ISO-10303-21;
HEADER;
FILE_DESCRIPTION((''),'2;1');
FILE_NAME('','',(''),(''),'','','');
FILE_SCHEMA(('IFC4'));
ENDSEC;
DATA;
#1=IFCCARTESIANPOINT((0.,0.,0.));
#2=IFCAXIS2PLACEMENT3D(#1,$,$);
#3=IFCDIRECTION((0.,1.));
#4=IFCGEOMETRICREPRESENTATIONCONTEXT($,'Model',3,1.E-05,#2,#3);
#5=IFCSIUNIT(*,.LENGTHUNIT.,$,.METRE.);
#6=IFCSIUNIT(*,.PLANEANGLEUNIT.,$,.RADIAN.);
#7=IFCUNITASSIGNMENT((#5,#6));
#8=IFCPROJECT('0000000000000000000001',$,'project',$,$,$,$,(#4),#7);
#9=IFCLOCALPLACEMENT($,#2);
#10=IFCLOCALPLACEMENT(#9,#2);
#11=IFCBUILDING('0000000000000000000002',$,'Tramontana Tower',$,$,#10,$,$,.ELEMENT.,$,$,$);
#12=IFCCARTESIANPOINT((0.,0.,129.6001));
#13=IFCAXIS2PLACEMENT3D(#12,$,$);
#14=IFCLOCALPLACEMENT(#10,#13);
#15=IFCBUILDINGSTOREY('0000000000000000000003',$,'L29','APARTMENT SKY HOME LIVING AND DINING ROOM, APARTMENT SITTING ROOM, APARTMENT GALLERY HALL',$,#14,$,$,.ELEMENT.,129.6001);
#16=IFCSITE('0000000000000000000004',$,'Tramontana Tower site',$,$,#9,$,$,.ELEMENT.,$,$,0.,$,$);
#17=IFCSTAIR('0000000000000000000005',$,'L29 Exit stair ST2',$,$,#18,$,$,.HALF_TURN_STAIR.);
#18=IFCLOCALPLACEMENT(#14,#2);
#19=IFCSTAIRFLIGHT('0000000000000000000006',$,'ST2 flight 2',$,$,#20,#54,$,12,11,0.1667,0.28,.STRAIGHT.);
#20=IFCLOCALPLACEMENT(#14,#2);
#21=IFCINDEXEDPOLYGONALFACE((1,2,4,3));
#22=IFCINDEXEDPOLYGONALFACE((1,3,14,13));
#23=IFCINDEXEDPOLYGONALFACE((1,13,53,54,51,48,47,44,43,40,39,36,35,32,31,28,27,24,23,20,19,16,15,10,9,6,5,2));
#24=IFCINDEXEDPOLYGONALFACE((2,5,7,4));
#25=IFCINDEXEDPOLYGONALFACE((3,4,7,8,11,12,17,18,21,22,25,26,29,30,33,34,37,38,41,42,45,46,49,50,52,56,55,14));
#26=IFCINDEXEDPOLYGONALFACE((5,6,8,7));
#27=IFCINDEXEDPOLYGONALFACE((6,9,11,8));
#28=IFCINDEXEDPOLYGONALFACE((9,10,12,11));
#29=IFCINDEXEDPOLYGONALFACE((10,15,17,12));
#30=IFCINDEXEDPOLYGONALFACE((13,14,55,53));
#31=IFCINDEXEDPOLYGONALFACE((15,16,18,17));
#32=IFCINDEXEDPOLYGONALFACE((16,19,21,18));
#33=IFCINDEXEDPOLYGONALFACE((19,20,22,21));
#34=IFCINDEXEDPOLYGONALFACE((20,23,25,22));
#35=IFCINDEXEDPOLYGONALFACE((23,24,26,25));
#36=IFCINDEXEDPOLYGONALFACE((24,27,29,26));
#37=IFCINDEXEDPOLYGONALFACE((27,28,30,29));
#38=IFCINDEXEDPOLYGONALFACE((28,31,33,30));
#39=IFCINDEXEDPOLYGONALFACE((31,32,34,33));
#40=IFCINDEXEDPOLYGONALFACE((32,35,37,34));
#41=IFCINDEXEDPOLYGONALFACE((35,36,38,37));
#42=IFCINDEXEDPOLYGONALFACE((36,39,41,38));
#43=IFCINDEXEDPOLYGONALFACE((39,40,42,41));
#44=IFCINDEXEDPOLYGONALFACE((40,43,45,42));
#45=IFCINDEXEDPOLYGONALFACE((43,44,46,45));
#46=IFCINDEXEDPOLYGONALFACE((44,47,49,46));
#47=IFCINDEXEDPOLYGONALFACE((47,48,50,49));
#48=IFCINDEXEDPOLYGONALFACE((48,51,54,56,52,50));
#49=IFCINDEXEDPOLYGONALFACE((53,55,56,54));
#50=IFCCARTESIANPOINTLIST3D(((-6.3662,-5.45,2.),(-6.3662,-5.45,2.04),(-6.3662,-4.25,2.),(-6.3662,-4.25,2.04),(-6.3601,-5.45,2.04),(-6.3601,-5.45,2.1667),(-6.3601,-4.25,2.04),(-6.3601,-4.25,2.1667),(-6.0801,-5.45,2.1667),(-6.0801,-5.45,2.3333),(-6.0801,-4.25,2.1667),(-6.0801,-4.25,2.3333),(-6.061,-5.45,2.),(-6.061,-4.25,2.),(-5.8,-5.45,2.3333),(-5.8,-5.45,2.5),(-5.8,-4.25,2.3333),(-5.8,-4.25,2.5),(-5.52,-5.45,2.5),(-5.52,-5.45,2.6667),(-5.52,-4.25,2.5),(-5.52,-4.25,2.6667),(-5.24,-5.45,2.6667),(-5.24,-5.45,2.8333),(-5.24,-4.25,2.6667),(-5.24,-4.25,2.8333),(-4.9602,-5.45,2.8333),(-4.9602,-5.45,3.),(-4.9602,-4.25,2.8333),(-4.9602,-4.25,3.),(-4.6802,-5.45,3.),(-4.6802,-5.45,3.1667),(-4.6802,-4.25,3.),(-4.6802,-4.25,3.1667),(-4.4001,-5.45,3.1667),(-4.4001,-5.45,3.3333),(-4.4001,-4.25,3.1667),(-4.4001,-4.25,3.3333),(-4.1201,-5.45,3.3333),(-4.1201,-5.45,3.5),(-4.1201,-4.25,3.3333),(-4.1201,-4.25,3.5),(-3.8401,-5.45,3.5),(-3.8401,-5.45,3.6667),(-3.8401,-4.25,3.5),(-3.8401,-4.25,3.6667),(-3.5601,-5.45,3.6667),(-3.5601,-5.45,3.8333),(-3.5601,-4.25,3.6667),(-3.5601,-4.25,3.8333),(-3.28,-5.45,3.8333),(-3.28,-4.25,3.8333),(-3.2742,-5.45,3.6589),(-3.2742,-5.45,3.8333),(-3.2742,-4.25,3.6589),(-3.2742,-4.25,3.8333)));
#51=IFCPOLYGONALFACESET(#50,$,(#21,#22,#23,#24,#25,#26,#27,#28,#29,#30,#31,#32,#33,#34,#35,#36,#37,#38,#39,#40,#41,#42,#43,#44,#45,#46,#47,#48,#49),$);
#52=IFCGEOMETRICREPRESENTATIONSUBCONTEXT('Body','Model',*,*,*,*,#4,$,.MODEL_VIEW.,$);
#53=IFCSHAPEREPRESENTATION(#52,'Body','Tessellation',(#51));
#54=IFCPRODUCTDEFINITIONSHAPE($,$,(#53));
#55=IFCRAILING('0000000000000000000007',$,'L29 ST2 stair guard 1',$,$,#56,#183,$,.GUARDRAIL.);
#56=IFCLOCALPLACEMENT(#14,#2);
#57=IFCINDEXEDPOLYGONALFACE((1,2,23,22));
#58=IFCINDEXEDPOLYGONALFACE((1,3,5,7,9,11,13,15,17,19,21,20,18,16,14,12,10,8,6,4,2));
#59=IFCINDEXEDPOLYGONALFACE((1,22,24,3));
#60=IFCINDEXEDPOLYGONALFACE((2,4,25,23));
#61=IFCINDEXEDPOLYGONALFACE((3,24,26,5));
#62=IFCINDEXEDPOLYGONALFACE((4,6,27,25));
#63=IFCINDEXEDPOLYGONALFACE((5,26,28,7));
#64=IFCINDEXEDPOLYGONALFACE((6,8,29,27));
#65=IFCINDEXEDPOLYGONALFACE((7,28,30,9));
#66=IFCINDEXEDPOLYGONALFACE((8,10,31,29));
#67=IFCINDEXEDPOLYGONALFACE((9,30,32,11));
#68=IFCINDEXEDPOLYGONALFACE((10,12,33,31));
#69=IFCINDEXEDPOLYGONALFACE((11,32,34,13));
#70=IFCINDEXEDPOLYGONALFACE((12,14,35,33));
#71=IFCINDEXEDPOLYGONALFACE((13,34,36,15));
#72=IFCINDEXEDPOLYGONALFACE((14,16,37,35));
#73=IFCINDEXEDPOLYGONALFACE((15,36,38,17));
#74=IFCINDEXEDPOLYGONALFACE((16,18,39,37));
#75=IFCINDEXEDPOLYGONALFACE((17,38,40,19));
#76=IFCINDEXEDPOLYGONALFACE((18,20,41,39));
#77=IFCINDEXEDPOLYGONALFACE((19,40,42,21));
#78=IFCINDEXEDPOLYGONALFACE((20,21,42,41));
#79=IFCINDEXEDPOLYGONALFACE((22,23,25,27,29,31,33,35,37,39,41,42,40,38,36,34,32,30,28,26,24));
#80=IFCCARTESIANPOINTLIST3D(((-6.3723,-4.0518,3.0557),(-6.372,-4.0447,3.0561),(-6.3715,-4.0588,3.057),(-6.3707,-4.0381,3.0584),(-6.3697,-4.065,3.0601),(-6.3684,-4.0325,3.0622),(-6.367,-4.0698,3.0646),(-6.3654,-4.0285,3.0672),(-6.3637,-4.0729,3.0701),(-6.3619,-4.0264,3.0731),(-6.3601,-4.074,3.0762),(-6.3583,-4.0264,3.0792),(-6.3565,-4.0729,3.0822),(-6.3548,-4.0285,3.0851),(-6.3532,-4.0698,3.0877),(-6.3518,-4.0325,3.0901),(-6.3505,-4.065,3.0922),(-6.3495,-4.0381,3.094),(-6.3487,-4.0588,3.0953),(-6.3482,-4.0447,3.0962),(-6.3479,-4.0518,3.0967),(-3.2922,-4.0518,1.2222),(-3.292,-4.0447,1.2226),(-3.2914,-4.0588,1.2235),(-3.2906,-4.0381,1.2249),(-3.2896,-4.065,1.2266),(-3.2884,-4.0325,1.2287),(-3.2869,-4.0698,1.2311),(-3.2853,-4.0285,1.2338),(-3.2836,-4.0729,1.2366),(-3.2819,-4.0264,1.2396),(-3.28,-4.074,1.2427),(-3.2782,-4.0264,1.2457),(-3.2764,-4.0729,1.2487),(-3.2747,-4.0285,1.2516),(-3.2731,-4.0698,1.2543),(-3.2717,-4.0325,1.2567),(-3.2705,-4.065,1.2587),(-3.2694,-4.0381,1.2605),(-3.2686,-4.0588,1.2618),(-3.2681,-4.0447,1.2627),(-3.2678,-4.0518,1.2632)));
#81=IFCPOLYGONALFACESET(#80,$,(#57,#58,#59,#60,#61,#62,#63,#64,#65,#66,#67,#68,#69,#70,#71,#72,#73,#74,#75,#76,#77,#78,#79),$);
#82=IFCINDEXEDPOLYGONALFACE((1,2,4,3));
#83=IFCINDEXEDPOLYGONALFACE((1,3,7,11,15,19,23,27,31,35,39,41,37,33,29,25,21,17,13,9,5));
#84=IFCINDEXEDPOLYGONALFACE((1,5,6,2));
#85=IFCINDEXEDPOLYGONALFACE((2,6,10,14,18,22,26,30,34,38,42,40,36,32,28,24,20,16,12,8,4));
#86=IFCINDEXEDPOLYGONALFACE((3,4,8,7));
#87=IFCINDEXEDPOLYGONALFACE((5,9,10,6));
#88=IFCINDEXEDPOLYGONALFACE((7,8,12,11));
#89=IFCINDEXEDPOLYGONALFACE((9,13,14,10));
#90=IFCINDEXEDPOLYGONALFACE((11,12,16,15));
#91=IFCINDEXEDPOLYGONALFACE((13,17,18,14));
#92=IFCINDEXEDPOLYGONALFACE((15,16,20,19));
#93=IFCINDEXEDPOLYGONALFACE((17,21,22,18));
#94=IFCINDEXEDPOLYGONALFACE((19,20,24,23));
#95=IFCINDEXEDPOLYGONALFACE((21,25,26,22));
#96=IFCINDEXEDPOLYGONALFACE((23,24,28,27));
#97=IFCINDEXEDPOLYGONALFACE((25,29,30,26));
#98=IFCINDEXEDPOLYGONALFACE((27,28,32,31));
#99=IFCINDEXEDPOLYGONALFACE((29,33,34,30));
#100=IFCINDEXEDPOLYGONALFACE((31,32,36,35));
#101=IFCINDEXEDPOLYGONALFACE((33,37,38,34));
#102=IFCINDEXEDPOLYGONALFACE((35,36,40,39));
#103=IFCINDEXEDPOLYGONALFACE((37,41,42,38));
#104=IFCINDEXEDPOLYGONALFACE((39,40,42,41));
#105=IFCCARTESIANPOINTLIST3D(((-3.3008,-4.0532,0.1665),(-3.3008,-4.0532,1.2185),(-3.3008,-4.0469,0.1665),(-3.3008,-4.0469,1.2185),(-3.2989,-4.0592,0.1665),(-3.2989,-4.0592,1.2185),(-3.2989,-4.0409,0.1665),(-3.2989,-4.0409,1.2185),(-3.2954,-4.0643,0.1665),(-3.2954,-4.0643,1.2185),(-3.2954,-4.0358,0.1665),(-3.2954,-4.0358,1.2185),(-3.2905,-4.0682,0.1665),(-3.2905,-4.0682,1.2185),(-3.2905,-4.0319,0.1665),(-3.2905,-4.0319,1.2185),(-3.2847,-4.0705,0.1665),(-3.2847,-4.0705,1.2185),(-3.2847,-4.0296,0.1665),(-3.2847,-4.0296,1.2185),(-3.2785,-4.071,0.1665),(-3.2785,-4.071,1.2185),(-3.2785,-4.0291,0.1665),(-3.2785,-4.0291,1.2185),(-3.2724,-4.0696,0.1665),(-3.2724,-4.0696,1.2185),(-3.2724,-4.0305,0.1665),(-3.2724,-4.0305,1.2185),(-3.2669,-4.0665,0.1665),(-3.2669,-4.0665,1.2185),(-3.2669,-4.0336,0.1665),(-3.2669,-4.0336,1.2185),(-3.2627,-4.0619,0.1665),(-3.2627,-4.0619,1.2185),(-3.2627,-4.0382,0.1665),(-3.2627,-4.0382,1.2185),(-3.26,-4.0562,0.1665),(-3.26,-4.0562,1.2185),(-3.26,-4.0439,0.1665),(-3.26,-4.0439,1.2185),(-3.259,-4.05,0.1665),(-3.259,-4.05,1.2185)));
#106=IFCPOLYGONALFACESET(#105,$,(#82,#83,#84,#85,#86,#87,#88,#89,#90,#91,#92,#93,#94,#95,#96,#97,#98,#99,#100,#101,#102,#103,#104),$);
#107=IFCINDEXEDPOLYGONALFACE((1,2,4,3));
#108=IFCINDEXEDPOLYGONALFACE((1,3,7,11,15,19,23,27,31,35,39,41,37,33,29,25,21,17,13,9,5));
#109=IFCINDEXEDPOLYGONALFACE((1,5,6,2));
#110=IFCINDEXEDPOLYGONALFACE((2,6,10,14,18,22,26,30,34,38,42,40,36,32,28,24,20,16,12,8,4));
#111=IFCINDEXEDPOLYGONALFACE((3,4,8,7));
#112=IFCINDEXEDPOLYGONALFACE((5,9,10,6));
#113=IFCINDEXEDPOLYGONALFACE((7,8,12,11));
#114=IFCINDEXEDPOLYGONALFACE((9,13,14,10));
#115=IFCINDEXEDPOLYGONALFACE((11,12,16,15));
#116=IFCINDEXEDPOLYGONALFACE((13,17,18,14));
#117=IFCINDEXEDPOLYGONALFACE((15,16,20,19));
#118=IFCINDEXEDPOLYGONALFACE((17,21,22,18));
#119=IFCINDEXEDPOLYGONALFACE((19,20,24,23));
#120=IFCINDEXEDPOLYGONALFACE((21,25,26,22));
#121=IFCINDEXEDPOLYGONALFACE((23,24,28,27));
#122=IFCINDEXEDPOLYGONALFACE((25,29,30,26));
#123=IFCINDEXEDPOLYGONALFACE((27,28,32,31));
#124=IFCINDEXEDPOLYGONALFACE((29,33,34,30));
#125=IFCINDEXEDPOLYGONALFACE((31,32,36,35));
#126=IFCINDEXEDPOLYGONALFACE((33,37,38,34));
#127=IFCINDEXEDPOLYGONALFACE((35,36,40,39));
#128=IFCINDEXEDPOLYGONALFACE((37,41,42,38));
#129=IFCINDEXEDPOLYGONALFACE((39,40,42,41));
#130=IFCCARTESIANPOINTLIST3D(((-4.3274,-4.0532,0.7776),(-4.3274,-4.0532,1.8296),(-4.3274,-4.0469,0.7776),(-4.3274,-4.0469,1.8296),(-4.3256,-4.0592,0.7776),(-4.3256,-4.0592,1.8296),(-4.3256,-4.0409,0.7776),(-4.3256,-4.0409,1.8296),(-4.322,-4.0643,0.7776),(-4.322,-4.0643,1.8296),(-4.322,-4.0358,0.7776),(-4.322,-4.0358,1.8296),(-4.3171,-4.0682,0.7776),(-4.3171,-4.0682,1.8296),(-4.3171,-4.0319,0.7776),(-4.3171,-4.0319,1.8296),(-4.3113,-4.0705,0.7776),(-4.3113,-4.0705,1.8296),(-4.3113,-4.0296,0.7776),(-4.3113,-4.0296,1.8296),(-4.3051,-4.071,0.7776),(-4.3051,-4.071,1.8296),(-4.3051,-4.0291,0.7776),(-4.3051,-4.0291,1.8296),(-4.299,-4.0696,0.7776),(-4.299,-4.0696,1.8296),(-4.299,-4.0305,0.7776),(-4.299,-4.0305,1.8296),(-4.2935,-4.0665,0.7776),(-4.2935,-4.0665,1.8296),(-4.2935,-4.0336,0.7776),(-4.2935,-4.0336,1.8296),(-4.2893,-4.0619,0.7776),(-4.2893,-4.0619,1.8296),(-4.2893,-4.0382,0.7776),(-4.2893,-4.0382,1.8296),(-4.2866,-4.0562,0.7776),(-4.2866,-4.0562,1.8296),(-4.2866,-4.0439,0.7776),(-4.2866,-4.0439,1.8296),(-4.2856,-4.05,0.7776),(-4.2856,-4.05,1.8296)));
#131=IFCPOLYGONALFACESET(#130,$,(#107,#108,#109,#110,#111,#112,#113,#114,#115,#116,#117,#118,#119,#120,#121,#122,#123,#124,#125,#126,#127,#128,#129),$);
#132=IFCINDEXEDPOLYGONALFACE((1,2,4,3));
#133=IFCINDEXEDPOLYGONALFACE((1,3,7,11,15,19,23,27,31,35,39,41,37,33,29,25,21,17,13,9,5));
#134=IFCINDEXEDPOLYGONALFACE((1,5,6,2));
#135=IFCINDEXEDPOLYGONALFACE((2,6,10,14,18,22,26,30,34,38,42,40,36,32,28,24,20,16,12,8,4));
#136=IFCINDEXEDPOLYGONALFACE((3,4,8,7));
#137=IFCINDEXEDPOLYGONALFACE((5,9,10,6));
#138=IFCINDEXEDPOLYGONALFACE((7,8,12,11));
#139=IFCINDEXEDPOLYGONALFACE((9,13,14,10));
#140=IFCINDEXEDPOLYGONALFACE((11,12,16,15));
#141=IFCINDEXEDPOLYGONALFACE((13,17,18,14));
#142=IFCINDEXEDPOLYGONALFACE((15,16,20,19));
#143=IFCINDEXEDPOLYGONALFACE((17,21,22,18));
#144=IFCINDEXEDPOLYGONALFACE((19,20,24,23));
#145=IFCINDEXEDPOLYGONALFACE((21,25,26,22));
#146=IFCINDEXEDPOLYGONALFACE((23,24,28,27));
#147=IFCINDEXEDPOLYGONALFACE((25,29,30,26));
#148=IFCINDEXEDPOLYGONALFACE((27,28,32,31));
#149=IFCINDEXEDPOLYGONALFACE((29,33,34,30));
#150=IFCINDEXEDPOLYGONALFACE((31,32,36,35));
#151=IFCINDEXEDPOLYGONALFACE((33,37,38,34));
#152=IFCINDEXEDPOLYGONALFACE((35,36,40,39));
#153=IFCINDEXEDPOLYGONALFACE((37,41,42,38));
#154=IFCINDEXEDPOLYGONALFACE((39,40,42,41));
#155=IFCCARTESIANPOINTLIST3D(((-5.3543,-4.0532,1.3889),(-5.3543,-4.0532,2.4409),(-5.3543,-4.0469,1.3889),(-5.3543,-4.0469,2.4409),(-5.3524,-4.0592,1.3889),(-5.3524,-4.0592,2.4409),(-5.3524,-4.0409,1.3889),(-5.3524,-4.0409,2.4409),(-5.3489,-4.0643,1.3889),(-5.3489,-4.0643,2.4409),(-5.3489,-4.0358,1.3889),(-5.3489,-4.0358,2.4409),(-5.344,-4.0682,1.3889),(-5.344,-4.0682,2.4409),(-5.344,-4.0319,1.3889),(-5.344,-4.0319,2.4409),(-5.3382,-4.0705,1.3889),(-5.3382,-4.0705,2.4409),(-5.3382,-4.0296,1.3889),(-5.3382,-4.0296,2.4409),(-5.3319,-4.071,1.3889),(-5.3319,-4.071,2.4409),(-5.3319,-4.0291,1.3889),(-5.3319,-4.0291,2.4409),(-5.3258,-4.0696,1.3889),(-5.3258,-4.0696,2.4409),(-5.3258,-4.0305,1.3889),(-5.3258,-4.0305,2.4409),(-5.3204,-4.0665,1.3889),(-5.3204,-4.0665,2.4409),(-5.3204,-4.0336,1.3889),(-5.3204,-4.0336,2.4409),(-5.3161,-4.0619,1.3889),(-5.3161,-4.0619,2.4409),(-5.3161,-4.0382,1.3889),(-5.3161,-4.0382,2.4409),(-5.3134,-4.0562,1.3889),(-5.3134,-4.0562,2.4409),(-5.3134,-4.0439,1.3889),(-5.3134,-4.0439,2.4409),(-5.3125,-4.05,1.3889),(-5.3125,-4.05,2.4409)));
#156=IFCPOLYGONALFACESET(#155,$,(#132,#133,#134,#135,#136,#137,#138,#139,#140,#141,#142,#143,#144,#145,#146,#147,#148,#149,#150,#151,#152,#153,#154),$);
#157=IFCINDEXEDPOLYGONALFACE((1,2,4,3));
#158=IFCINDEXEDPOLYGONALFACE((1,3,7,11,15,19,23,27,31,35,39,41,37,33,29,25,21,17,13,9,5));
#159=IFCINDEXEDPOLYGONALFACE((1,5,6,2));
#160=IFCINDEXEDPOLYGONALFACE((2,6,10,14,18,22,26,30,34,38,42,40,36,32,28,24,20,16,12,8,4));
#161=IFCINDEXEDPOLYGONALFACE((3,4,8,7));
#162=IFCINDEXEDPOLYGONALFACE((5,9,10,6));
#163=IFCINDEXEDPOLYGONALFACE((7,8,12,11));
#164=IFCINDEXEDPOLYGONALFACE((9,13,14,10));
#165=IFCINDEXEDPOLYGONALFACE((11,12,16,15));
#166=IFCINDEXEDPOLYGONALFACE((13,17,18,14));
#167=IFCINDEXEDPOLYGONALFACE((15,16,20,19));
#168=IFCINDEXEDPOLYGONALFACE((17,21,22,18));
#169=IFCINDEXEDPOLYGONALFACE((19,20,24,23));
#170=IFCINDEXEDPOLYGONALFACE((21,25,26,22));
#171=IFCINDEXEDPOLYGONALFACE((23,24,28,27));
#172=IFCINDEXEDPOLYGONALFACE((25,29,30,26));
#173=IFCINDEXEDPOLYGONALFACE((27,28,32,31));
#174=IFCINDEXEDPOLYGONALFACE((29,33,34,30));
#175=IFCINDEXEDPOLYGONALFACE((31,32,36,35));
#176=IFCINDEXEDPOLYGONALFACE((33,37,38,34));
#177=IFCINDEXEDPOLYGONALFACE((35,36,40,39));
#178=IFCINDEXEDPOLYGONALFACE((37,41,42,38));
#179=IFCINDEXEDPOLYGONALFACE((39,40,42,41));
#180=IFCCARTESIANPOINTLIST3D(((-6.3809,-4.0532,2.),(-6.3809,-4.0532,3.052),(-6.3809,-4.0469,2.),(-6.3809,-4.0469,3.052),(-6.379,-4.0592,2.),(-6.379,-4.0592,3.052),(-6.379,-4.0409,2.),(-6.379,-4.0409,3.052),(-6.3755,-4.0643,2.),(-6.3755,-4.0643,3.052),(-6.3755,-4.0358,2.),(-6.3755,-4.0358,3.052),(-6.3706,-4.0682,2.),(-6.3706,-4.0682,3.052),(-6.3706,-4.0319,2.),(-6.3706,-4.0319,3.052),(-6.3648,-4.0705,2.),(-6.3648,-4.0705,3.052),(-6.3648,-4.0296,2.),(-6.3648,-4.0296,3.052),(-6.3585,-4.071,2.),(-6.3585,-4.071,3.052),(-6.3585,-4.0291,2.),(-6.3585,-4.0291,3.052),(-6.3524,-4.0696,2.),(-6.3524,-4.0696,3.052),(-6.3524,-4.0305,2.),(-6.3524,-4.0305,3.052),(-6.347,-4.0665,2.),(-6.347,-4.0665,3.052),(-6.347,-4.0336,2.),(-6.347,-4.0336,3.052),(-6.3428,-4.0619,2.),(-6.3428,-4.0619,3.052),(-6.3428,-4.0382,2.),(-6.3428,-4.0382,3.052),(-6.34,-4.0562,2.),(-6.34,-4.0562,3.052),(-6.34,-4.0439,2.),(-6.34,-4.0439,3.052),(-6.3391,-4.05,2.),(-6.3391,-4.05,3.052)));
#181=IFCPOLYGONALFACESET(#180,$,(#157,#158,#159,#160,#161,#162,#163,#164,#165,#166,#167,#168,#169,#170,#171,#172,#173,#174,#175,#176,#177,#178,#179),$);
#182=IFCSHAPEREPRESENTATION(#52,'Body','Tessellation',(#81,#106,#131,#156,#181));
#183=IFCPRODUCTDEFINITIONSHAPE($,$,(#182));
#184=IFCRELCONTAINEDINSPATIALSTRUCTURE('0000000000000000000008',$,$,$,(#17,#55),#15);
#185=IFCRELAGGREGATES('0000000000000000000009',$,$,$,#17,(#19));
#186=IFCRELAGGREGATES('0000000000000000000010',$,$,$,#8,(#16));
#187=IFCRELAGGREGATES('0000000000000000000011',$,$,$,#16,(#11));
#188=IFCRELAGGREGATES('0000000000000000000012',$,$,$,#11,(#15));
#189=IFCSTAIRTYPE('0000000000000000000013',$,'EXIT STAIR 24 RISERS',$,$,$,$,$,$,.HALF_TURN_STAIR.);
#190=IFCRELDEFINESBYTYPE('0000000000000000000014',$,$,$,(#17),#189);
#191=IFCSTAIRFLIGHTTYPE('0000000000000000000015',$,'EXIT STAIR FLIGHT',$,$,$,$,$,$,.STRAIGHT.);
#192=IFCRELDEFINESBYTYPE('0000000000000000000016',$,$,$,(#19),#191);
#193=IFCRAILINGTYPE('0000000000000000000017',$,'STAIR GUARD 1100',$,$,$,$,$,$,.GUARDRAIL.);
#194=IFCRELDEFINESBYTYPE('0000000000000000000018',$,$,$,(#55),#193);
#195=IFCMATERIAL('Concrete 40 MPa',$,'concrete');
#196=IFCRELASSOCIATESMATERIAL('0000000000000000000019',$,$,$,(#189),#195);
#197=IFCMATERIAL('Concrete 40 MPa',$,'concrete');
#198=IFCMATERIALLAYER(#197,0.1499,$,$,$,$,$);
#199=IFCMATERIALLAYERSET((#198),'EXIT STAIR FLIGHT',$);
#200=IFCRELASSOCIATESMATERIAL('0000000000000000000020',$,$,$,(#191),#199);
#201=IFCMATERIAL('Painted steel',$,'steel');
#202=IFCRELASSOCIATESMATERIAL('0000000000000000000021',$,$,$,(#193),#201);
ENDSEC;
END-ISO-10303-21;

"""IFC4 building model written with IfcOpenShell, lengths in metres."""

from ifc_helpers import new_model, si_unit, direction, frame, origin, origin_2d, place, context, subcontext, project, spatial, polyline, circle, outline, extrude, material, layer, layer_set, type_object, element, aggregate, save


model = new_model("IFC4")

# Units and contexts
model_context = context("Model", 3, precision=1e-05, world=origin(), true_north=direction((0.0, 1.0)))
body_context = subcontext(model_context, "Body", "Model", "MODEL_VIEW")
ifc_project = project(units=[si_unit("LENGTHUNIT", "METRE"), si_unit("PLANEANGLEUNIT", "RADIAN")], contexts=[model_context])

# Site, building, storey
site_placement = place(None, origin())
site = spatial("IfcSite", under=ifc_project, at=site_placement, Name="Tramontana Tower site", CompositionType="ELEMENT", RefElevation=0.0)
building_placement = place(site_placement, origin())
building = spatial("IfcBuilding", under=site, at=building_placement, Name="Tramontana Tower", CompositionType="ELEMENT")
storey_placement = place(building_placement, frame((0.0, 0.0, 129.6001)))
storey = spatial("IfcBuildingStorey", under=building, at=storey_placement, Name="L29", Description="APARTMENT SKY HOME LIVING AND DINING ROOM, APARTMENT SITTING ROOM, APARTMENT GALLERY HALL", CompositionType="ELEMENT", Elevation=129.6001)

# Stair, stair flight
ifc_material_1 = material(Name="Concrete 40 MPa", Category="concrete")
stair_type = type_object("IfcStairType", Name="EXIT STAIR 24 RISERS", PredefinedType="HALF_TURN_STAIR", material=ifc_material_1)
stair_placement = place(storey_placement, origin())
stair = element("IfcStair", 1, at=stair_placement, inside=storey, type_object=stair_type, Name="L29 Exit stair ST2", PredefinedType="HALF_TURN_STAIR")
ifc_material_2 = material(Name="Concrete 40 MPa", Category="concrete")
ifc_layer_1 = layer(ifc_material_2, 0.1499)
ifc_layer_set_1 = layer_set([ifc_layer_1], Name="EXIT STAIR FLIGHT")
stair_flight_type = type_object("IfcStairFlightType", Name="EXIT STAIR FLIGHT", PredefinedType="STRAIGHT", material=ifc_layer_set_1)
stair_flight_1_placement = place(storey_placement, frame((-6.3601, -4.8501, 2.0), z_axis=(0.0, 0.0, 1.0), x_axis=(1.0, 0.0, 0.0)))
stair_flight_1 = element("IfcStairFlight", 2, at=stair_flight_1_placement, type_object=stair_flight_type, Name="ST2 flight 2", NumberOfRisers=12, NumberOfTreads=11, PredefinedType="STRAIGHT", RiserHeight=0.1667, TreadLength=0.28, context=body_context, shape_type="SweptSolid", body=[
    extrude(outline(polyline([(-0.0061, 0.0), (-0.0061, 0.04), (0.0, 0.04), (0.0, 0.1667), (0.28, 0.1667), (0.28, 0.3333), (0.5601, 0.3333), (0.5601, 0.5), (0.8401, 0.5), (0.8401, 0.6667), (1.1201, 0.6667), (1.1201, 0.8333), (1.3999, 0.8333), (1.3999, 1.0), (1.6799, 1.0), (1.6799, 1.1667), (1.96, 1.1667), (1.96, 1.3333), (2.24, 1.3333), (2.24, 1.5), (2.52, 1.5), (2.52, 1.6667), (2.8, 1.6667), (2.8, 1.8333), (3.0801, 1.8333), (3.0859, 1.8333), (3.0859, 1.6589), (0.2991, 0.0), (-0.0061, 0.0)])), frame((0.0, 0.6001, 0.0), z_axis=(0.0, -1.0, 0.0), x_axis=(1.0, 0.0, 0.0)), (0.0, 0.0, 1.0), 1.2),
])
aggregate(stair, [stair_flight_1])

# Railing
ifc_material_3 = material(Name="Painted steel", Category="steel")
railing_type_1 = type_object("IfcRailingType", Name="STAIR GUARD 1100", PredefinedType="GUARDRAIL", material=ifc_material_3)
railing_1_placement = place(storey_placement, frame((-3.28, -4.05, 0.1665)))
element("IfcRailing", 3, at=railing_1_placement, inside=storey, type_object=railing_type_1, Name="L29 ST2 stair guard 1", PredefinedType="GUARDRAIL", context=body_context, shape_type="SweptSolid", body=[
    extrude(circle(Radius=0.0239, at=origin_2d()), frame((0.0, 0.0, 1.0762), z_axis=(-0.859279, 0.0, 0.511508), x_axis=(0.0, -1.0, 0.0)), (0.0, 0.0, 1.0), 3.5845),
    extrude(circle(Radius=0.021, at=origin_2d()), origin(), (0.0, 0.0, 1.0), 1.052),
    extrude(circle(Radius=0.021, at=origin_2d()), frame((-1.0266, 0.0, 0.6111)), (0.0, 0.0, 1.0), 1.052),
    extrude(circle(Radius=0.021, at=origin_2d()), frame((-2.0535, 0.0, 1.2224)), (0.0, 0.0, 1.0), 1.052),
    extrude(circle(Radius=0.021, at=origin_2d()), frame((-3.0801, 0.0, 1.8335)), (0.0, 0.0, 1.0), 1.052),
])

save(model, "model.ifc")
